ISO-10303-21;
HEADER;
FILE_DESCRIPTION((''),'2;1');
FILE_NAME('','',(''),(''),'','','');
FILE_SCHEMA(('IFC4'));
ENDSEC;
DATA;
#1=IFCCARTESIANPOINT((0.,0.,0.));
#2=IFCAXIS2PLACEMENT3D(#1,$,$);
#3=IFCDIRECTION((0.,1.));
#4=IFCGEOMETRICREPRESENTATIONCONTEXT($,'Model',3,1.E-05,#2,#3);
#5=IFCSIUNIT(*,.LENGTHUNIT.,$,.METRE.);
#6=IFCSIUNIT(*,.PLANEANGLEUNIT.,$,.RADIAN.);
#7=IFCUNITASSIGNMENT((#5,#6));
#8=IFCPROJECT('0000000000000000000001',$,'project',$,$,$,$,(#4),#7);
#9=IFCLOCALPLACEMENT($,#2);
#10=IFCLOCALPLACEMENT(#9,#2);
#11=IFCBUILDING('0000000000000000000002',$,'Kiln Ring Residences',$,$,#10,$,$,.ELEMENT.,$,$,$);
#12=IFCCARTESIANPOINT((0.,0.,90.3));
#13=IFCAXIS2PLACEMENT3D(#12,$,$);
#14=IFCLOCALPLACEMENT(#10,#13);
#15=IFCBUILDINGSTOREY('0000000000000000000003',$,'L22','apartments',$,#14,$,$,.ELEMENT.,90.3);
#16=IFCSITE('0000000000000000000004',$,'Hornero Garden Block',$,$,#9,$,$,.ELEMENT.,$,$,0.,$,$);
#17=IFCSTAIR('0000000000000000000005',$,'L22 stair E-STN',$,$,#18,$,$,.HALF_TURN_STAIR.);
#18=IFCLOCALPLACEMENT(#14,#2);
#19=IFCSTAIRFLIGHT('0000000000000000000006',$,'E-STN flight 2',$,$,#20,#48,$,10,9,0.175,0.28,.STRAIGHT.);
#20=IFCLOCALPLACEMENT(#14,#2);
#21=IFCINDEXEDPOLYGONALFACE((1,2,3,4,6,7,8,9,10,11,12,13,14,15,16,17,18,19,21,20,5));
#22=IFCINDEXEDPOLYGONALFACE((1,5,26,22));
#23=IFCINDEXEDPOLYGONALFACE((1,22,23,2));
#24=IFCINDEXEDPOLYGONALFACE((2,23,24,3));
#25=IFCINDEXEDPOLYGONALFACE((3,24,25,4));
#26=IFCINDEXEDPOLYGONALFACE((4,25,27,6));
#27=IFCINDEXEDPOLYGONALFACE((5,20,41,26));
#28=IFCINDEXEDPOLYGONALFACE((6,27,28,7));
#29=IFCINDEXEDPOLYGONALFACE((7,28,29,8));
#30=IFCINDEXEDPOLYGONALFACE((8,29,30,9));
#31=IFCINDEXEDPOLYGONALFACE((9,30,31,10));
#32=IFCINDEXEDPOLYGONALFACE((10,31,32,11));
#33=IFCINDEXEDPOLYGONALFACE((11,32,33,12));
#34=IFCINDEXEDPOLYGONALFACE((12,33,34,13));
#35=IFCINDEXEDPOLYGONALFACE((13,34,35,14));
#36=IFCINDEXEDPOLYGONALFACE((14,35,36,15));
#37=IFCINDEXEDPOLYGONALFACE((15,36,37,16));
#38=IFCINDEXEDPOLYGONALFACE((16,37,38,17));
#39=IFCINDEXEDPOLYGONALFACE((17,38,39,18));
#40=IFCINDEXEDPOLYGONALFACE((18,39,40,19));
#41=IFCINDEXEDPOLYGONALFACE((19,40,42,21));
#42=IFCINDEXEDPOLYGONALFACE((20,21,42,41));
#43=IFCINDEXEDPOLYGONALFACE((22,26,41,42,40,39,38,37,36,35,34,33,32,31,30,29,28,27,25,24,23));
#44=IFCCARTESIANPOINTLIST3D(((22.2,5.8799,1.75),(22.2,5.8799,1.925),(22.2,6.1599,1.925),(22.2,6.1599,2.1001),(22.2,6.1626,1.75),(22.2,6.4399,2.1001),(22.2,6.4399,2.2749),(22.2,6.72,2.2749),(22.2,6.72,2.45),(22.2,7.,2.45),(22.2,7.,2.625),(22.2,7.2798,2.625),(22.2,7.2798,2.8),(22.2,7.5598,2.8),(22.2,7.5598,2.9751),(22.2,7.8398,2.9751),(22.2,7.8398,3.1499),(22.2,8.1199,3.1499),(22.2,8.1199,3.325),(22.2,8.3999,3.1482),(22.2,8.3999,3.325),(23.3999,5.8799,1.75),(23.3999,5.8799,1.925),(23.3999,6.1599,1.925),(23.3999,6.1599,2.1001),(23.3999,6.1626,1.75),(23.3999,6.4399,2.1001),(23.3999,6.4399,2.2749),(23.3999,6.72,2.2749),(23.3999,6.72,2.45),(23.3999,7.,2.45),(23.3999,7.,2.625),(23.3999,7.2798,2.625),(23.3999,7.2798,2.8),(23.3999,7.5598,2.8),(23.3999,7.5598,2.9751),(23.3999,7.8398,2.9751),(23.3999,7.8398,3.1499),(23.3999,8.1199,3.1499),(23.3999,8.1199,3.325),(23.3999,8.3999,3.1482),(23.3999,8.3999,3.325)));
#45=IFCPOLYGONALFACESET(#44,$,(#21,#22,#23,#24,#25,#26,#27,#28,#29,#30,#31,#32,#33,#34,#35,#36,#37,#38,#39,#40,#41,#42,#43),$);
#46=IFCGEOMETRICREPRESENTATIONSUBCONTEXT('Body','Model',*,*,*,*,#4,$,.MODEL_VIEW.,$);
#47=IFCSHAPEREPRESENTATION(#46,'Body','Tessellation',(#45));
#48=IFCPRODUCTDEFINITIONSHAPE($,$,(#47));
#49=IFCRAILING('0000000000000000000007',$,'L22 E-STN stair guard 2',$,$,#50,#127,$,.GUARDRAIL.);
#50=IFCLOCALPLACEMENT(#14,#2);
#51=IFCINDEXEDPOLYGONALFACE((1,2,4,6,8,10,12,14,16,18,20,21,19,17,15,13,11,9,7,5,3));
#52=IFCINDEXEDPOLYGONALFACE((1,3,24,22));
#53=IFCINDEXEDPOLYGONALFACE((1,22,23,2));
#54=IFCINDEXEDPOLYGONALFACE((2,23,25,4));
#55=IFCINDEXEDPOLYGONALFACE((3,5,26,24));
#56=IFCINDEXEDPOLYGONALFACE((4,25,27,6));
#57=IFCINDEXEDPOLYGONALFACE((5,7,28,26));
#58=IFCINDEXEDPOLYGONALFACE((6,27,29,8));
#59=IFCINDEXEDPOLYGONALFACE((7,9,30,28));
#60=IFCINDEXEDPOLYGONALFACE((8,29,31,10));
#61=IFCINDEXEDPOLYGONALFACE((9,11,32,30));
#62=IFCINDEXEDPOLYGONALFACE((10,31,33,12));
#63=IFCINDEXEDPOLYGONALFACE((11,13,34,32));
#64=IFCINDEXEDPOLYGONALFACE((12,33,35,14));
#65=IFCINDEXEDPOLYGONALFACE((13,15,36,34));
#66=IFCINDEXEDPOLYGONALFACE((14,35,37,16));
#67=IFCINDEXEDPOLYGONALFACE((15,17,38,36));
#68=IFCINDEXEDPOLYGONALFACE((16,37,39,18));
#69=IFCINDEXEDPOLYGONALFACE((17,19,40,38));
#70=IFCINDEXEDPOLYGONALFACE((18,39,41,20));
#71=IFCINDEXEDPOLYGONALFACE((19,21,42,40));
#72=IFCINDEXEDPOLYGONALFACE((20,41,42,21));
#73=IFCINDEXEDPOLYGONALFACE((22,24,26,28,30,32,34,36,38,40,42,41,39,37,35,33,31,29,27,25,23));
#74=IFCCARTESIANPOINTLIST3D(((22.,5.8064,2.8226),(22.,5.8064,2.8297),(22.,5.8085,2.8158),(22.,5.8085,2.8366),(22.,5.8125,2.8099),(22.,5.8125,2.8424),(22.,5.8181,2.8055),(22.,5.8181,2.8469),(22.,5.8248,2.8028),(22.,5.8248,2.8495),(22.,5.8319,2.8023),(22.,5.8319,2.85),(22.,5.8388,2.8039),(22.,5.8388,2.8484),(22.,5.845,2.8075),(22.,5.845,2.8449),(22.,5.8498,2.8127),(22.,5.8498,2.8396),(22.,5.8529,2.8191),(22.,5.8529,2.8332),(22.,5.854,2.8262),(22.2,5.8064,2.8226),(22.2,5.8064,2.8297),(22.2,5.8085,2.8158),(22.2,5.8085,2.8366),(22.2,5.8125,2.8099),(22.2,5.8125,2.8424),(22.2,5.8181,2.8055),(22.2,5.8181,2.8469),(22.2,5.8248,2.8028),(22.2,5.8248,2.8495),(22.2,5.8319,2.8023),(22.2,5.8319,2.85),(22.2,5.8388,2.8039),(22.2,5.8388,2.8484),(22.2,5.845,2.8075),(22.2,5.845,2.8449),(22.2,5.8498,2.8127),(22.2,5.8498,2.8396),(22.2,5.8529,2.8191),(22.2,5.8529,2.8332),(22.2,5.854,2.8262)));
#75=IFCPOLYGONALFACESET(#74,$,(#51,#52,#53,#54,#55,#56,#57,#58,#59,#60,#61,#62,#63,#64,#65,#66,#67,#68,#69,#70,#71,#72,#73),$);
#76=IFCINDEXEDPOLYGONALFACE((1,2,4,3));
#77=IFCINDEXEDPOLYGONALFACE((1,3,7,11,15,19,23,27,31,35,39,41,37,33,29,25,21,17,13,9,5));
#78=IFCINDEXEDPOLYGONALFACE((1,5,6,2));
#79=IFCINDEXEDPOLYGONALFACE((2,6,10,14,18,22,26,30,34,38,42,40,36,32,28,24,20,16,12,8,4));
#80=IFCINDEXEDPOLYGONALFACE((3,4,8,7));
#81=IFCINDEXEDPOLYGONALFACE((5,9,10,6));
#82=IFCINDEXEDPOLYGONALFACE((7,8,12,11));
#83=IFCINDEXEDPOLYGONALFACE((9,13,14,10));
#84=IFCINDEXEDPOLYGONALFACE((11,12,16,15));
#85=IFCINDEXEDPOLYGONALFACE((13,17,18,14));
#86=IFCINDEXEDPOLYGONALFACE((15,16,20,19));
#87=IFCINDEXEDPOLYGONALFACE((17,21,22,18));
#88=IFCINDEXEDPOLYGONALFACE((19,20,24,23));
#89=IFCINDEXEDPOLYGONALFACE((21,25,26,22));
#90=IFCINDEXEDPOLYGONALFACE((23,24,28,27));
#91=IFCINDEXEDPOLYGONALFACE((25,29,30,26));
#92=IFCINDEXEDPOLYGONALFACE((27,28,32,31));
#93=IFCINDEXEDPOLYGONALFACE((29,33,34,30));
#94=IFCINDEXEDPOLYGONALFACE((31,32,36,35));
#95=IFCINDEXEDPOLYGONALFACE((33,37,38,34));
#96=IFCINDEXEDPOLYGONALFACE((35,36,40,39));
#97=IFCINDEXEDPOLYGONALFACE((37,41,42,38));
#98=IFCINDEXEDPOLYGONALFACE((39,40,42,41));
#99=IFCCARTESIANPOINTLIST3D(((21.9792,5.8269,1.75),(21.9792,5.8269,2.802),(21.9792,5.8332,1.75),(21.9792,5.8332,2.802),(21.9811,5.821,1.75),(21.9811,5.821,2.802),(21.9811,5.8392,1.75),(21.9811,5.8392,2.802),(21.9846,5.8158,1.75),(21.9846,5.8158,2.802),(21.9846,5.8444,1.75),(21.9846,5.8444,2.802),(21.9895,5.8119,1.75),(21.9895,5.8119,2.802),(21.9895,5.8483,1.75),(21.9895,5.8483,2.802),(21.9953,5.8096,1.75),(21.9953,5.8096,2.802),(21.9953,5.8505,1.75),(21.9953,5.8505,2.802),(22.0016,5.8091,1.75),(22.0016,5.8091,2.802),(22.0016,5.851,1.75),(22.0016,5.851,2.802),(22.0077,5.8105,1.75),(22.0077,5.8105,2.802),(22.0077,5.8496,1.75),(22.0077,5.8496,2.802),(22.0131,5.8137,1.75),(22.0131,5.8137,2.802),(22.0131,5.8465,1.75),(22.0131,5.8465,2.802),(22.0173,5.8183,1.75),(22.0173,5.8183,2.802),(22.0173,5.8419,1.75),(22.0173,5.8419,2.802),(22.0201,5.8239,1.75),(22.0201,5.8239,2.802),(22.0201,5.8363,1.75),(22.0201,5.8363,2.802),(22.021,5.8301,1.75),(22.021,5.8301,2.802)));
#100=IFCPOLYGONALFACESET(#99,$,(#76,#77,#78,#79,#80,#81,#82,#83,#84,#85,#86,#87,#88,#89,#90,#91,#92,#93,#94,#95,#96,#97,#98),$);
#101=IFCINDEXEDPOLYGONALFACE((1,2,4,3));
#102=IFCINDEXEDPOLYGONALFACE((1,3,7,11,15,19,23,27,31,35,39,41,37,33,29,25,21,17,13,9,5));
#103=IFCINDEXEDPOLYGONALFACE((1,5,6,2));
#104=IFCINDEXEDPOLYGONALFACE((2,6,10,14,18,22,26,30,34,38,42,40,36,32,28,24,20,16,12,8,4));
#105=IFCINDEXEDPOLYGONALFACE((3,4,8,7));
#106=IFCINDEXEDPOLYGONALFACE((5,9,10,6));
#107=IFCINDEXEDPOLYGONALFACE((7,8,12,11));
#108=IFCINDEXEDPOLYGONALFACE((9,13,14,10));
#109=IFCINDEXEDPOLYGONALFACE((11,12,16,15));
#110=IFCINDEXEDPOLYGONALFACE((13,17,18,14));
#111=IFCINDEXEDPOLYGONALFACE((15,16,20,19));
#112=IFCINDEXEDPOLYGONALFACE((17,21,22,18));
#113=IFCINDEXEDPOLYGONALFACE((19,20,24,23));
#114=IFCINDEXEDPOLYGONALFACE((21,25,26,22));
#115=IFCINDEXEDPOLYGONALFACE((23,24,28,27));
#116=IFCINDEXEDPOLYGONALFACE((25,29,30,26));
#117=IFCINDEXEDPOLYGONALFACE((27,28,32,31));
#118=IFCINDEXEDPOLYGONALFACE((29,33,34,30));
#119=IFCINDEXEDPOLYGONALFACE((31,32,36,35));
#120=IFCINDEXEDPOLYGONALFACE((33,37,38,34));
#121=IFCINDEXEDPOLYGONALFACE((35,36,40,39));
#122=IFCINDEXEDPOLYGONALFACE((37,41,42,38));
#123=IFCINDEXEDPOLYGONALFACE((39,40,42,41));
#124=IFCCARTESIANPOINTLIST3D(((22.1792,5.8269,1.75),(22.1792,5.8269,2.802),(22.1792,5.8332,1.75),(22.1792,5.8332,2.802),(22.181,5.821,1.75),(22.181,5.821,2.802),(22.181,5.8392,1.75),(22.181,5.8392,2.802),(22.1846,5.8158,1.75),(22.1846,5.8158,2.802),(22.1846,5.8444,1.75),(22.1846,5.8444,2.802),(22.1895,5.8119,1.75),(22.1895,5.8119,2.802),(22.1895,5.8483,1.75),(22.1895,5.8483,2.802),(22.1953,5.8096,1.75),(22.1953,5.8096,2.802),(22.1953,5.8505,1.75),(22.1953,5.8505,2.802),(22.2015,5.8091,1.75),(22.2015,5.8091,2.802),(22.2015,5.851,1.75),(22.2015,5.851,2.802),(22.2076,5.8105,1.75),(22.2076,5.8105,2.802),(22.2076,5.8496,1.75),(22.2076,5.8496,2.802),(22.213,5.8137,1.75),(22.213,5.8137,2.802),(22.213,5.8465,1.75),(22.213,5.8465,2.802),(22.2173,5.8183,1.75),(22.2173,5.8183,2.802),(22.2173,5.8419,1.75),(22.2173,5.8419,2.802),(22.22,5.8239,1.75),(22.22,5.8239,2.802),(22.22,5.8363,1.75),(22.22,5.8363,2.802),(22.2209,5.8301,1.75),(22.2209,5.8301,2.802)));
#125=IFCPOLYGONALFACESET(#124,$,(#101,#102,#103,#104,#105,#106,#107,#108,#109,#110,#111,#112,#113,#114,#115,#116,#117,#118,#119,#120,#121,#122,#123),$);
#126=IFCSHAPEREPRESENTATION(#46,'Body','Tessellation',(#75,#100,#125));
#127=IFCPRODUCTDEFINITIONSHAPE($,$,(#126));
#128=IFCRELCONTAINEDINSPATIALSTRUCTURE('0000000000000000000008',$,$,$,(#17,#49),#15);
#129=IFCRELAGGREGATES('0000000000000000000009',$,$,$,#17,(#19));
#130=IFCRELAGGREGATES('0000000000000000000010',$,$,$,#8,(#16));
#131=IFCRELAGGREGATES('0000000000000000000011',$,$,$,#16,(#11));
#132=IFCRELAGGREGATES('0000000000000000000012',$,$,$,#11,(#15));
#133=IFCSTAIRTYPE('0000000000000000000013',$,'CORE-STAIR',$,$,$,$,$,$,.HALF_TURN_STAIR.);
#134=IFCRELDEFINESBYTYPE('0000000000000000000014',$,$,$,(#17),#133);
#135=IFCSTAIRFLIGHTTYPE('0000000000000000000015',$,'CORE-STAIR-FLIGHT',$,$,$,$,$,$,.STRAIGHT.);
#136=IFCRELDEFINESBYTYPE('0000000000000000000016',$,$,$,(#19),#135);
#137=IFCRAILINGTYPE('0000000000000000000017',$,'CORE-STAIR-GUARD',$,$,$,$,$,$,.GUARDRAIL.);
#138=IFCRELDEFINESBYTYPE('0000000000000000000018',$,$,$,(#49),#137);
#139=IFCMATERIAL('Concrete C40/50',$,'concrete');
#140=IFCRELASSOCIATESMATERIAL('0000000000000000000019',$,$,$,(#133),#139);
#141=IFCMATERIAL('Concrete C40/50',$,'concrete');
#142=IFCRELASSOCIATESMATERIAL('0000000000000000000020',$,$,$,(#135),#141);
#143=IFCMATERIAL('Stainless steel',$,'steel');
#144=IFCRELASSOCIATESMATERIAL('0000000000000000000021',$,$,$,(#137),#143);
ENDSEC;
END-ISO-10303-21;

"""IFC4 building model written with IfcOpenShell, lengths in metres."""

from ifc_helpers import new_model, si_unit, direction, frame, origin, origin_2d, place, context, subcontext, project, spatial, polyline, circle, outline, extrude, material, type_object, element, aggregate, save


model = new_model("IFC4")

# Units and contexts
model_context = context("Model", 3, precision=1e-05, world=origin(), true_north=direction((0.0, 1.0)))
body_context = subcontext(model_context, "Body", "Model", "MODEL_VIEW")
ifc_project = project(units=[si_unit("LENGTHUNIT", "METRE"), si_unit("PLANEANGLEUNIT", "RADIAN")], contexts=[model_context])

# Site, building, storey
site_placement = place(None, origin())
site = spatial("IfcSite", under=ifc_project, at=site_placement, Name="Hornero Garden Block", CompositionType="ELEMENT", RefElevation=0.0)
building_placement = place(site_placement, origin())
building = spatial("IfcBuilding", under=site, at=building_placement, Name="Kiln Ring Residences", CompositionType="ELEMENT")
storey_placement = place(building_placement, frame((0.0, 0.0, 90.3)))
storey = spatial("IfcBuildingStorey", under=building, at=storey_placement, Name="L22", Description="apartments", CompositionType="ELEMENT", Elevation=90.3)

# Stair, stair flight
ifc_material_1 = material(Name="Concrete C40/50", Category="concrete")
stair_type = type_object("IfcStairType", Name="CORE-STAIR", PredefinedType="HALF_TURN_STAIR", material=ifc_material_1)
stair_placement = place(storey_placement, origin())
stair = element("IfcStair", 1, at=stair_placement, inside=storey, type_object=stair_type, Name="L22 stair E-STN", PredefinedType="HALF_TURN_STAIR")
ifc_material_2 = material(Name="Concrete C40/50", Category="concrete")
stair_flight_type = type_object("IfcStairFlightType", Name="CORE-STAIR-FLIGHT", PredefinedType="STRAIGHT", material=ifc_material_2)
stair_flight_1_placement = place(storey_placement, frame((22.8, 5.8799, 1.75), z_axis=(0.0, 0.0, 1.0), x_axis=(0.0, 1.0, 0.0)))
stair_flight_1 = element("IfcStairFlight", 2, at=stair_flight_1_placement, type_object=stair_flight_type, Name="E-STN flight 2", NumberOfRisers=10, NumberOfTreads=9, PredefinedType="STRAIGHT", RiserHeight=0.175, TreadLength=0.28, context=body_context, shape_type="SweptSolid", body=[
    extrude(outline(polyline([(0.0, 0.0), (0.0, 0.175), (0.28, 0.175), (0.28, 0.3501), (0.5601, 0.3501), (0.5601, 0.5249), (0.8401, 0.5249), (0.8401, 0.7), (1.1201, 0.7), (1.1201, 0.875), (1.3999, 0.875), (1.3999, 1.05), (1.6799, 1.05), (1.6799, 1.2251), (1.96, 1.2251), (1.96, 1.3999), (2.24, 1.3999), (2.24, 1.575), (2.52, 1.575), (2.52, 1.75), (2.52, 1.3982), (0.2827, 0.0), (0.0, 0.0)])), frame((0.0, 0.6001, 0.0), z_axis=(0.0, -1.0, 0.0), x_axis=(1.0, 0.0, 0.0)), (0.0, 0.0, 1.0), 1.2),
])
aggregate(stair, [stair_flight_1])

# Railing
ifc_material_3 = material(Name="Stainless steel", Category="steel")
railing_type_1 = type_object("IfcRailingType", Name="CORE-STAIR-GUARD", PredefinedType="GUARDRAIL", material=ifc_material_3)
railing_1_placement = place(storey_placement, frame((22.0, 5.8301, 1.75)))
element("IfcRailing", 3, at=railing_1_placement, inside=storey, type_object=railing_type_1, Name="L22 E-STN stair guard 2", PredefinedType="GUARDRAIL", context=body_context, shape_type="SweptSolid", body=[
    extrude(circle(Radius=0.0239, at=origin_2d()), frame((0.0, 0.0, 1.0762), z_axis=(1.0, 0.0, 0.0), x_axis=(0.0, 1.0, 0.0)), (0.0, 0.0, 1.0), 0.2),
    extrude(circle(Radius=0.021, at=origin_2d()), origin(), (0.0, 0.0, 1.0), 1.052),
    extrude(circle(Radius=0.021, at=origin_2d()), frame((0.2, 0.0, 0.0)), (0.0, 0.0, 1.0), 1.052),
])

save(model, "model.ifc")
